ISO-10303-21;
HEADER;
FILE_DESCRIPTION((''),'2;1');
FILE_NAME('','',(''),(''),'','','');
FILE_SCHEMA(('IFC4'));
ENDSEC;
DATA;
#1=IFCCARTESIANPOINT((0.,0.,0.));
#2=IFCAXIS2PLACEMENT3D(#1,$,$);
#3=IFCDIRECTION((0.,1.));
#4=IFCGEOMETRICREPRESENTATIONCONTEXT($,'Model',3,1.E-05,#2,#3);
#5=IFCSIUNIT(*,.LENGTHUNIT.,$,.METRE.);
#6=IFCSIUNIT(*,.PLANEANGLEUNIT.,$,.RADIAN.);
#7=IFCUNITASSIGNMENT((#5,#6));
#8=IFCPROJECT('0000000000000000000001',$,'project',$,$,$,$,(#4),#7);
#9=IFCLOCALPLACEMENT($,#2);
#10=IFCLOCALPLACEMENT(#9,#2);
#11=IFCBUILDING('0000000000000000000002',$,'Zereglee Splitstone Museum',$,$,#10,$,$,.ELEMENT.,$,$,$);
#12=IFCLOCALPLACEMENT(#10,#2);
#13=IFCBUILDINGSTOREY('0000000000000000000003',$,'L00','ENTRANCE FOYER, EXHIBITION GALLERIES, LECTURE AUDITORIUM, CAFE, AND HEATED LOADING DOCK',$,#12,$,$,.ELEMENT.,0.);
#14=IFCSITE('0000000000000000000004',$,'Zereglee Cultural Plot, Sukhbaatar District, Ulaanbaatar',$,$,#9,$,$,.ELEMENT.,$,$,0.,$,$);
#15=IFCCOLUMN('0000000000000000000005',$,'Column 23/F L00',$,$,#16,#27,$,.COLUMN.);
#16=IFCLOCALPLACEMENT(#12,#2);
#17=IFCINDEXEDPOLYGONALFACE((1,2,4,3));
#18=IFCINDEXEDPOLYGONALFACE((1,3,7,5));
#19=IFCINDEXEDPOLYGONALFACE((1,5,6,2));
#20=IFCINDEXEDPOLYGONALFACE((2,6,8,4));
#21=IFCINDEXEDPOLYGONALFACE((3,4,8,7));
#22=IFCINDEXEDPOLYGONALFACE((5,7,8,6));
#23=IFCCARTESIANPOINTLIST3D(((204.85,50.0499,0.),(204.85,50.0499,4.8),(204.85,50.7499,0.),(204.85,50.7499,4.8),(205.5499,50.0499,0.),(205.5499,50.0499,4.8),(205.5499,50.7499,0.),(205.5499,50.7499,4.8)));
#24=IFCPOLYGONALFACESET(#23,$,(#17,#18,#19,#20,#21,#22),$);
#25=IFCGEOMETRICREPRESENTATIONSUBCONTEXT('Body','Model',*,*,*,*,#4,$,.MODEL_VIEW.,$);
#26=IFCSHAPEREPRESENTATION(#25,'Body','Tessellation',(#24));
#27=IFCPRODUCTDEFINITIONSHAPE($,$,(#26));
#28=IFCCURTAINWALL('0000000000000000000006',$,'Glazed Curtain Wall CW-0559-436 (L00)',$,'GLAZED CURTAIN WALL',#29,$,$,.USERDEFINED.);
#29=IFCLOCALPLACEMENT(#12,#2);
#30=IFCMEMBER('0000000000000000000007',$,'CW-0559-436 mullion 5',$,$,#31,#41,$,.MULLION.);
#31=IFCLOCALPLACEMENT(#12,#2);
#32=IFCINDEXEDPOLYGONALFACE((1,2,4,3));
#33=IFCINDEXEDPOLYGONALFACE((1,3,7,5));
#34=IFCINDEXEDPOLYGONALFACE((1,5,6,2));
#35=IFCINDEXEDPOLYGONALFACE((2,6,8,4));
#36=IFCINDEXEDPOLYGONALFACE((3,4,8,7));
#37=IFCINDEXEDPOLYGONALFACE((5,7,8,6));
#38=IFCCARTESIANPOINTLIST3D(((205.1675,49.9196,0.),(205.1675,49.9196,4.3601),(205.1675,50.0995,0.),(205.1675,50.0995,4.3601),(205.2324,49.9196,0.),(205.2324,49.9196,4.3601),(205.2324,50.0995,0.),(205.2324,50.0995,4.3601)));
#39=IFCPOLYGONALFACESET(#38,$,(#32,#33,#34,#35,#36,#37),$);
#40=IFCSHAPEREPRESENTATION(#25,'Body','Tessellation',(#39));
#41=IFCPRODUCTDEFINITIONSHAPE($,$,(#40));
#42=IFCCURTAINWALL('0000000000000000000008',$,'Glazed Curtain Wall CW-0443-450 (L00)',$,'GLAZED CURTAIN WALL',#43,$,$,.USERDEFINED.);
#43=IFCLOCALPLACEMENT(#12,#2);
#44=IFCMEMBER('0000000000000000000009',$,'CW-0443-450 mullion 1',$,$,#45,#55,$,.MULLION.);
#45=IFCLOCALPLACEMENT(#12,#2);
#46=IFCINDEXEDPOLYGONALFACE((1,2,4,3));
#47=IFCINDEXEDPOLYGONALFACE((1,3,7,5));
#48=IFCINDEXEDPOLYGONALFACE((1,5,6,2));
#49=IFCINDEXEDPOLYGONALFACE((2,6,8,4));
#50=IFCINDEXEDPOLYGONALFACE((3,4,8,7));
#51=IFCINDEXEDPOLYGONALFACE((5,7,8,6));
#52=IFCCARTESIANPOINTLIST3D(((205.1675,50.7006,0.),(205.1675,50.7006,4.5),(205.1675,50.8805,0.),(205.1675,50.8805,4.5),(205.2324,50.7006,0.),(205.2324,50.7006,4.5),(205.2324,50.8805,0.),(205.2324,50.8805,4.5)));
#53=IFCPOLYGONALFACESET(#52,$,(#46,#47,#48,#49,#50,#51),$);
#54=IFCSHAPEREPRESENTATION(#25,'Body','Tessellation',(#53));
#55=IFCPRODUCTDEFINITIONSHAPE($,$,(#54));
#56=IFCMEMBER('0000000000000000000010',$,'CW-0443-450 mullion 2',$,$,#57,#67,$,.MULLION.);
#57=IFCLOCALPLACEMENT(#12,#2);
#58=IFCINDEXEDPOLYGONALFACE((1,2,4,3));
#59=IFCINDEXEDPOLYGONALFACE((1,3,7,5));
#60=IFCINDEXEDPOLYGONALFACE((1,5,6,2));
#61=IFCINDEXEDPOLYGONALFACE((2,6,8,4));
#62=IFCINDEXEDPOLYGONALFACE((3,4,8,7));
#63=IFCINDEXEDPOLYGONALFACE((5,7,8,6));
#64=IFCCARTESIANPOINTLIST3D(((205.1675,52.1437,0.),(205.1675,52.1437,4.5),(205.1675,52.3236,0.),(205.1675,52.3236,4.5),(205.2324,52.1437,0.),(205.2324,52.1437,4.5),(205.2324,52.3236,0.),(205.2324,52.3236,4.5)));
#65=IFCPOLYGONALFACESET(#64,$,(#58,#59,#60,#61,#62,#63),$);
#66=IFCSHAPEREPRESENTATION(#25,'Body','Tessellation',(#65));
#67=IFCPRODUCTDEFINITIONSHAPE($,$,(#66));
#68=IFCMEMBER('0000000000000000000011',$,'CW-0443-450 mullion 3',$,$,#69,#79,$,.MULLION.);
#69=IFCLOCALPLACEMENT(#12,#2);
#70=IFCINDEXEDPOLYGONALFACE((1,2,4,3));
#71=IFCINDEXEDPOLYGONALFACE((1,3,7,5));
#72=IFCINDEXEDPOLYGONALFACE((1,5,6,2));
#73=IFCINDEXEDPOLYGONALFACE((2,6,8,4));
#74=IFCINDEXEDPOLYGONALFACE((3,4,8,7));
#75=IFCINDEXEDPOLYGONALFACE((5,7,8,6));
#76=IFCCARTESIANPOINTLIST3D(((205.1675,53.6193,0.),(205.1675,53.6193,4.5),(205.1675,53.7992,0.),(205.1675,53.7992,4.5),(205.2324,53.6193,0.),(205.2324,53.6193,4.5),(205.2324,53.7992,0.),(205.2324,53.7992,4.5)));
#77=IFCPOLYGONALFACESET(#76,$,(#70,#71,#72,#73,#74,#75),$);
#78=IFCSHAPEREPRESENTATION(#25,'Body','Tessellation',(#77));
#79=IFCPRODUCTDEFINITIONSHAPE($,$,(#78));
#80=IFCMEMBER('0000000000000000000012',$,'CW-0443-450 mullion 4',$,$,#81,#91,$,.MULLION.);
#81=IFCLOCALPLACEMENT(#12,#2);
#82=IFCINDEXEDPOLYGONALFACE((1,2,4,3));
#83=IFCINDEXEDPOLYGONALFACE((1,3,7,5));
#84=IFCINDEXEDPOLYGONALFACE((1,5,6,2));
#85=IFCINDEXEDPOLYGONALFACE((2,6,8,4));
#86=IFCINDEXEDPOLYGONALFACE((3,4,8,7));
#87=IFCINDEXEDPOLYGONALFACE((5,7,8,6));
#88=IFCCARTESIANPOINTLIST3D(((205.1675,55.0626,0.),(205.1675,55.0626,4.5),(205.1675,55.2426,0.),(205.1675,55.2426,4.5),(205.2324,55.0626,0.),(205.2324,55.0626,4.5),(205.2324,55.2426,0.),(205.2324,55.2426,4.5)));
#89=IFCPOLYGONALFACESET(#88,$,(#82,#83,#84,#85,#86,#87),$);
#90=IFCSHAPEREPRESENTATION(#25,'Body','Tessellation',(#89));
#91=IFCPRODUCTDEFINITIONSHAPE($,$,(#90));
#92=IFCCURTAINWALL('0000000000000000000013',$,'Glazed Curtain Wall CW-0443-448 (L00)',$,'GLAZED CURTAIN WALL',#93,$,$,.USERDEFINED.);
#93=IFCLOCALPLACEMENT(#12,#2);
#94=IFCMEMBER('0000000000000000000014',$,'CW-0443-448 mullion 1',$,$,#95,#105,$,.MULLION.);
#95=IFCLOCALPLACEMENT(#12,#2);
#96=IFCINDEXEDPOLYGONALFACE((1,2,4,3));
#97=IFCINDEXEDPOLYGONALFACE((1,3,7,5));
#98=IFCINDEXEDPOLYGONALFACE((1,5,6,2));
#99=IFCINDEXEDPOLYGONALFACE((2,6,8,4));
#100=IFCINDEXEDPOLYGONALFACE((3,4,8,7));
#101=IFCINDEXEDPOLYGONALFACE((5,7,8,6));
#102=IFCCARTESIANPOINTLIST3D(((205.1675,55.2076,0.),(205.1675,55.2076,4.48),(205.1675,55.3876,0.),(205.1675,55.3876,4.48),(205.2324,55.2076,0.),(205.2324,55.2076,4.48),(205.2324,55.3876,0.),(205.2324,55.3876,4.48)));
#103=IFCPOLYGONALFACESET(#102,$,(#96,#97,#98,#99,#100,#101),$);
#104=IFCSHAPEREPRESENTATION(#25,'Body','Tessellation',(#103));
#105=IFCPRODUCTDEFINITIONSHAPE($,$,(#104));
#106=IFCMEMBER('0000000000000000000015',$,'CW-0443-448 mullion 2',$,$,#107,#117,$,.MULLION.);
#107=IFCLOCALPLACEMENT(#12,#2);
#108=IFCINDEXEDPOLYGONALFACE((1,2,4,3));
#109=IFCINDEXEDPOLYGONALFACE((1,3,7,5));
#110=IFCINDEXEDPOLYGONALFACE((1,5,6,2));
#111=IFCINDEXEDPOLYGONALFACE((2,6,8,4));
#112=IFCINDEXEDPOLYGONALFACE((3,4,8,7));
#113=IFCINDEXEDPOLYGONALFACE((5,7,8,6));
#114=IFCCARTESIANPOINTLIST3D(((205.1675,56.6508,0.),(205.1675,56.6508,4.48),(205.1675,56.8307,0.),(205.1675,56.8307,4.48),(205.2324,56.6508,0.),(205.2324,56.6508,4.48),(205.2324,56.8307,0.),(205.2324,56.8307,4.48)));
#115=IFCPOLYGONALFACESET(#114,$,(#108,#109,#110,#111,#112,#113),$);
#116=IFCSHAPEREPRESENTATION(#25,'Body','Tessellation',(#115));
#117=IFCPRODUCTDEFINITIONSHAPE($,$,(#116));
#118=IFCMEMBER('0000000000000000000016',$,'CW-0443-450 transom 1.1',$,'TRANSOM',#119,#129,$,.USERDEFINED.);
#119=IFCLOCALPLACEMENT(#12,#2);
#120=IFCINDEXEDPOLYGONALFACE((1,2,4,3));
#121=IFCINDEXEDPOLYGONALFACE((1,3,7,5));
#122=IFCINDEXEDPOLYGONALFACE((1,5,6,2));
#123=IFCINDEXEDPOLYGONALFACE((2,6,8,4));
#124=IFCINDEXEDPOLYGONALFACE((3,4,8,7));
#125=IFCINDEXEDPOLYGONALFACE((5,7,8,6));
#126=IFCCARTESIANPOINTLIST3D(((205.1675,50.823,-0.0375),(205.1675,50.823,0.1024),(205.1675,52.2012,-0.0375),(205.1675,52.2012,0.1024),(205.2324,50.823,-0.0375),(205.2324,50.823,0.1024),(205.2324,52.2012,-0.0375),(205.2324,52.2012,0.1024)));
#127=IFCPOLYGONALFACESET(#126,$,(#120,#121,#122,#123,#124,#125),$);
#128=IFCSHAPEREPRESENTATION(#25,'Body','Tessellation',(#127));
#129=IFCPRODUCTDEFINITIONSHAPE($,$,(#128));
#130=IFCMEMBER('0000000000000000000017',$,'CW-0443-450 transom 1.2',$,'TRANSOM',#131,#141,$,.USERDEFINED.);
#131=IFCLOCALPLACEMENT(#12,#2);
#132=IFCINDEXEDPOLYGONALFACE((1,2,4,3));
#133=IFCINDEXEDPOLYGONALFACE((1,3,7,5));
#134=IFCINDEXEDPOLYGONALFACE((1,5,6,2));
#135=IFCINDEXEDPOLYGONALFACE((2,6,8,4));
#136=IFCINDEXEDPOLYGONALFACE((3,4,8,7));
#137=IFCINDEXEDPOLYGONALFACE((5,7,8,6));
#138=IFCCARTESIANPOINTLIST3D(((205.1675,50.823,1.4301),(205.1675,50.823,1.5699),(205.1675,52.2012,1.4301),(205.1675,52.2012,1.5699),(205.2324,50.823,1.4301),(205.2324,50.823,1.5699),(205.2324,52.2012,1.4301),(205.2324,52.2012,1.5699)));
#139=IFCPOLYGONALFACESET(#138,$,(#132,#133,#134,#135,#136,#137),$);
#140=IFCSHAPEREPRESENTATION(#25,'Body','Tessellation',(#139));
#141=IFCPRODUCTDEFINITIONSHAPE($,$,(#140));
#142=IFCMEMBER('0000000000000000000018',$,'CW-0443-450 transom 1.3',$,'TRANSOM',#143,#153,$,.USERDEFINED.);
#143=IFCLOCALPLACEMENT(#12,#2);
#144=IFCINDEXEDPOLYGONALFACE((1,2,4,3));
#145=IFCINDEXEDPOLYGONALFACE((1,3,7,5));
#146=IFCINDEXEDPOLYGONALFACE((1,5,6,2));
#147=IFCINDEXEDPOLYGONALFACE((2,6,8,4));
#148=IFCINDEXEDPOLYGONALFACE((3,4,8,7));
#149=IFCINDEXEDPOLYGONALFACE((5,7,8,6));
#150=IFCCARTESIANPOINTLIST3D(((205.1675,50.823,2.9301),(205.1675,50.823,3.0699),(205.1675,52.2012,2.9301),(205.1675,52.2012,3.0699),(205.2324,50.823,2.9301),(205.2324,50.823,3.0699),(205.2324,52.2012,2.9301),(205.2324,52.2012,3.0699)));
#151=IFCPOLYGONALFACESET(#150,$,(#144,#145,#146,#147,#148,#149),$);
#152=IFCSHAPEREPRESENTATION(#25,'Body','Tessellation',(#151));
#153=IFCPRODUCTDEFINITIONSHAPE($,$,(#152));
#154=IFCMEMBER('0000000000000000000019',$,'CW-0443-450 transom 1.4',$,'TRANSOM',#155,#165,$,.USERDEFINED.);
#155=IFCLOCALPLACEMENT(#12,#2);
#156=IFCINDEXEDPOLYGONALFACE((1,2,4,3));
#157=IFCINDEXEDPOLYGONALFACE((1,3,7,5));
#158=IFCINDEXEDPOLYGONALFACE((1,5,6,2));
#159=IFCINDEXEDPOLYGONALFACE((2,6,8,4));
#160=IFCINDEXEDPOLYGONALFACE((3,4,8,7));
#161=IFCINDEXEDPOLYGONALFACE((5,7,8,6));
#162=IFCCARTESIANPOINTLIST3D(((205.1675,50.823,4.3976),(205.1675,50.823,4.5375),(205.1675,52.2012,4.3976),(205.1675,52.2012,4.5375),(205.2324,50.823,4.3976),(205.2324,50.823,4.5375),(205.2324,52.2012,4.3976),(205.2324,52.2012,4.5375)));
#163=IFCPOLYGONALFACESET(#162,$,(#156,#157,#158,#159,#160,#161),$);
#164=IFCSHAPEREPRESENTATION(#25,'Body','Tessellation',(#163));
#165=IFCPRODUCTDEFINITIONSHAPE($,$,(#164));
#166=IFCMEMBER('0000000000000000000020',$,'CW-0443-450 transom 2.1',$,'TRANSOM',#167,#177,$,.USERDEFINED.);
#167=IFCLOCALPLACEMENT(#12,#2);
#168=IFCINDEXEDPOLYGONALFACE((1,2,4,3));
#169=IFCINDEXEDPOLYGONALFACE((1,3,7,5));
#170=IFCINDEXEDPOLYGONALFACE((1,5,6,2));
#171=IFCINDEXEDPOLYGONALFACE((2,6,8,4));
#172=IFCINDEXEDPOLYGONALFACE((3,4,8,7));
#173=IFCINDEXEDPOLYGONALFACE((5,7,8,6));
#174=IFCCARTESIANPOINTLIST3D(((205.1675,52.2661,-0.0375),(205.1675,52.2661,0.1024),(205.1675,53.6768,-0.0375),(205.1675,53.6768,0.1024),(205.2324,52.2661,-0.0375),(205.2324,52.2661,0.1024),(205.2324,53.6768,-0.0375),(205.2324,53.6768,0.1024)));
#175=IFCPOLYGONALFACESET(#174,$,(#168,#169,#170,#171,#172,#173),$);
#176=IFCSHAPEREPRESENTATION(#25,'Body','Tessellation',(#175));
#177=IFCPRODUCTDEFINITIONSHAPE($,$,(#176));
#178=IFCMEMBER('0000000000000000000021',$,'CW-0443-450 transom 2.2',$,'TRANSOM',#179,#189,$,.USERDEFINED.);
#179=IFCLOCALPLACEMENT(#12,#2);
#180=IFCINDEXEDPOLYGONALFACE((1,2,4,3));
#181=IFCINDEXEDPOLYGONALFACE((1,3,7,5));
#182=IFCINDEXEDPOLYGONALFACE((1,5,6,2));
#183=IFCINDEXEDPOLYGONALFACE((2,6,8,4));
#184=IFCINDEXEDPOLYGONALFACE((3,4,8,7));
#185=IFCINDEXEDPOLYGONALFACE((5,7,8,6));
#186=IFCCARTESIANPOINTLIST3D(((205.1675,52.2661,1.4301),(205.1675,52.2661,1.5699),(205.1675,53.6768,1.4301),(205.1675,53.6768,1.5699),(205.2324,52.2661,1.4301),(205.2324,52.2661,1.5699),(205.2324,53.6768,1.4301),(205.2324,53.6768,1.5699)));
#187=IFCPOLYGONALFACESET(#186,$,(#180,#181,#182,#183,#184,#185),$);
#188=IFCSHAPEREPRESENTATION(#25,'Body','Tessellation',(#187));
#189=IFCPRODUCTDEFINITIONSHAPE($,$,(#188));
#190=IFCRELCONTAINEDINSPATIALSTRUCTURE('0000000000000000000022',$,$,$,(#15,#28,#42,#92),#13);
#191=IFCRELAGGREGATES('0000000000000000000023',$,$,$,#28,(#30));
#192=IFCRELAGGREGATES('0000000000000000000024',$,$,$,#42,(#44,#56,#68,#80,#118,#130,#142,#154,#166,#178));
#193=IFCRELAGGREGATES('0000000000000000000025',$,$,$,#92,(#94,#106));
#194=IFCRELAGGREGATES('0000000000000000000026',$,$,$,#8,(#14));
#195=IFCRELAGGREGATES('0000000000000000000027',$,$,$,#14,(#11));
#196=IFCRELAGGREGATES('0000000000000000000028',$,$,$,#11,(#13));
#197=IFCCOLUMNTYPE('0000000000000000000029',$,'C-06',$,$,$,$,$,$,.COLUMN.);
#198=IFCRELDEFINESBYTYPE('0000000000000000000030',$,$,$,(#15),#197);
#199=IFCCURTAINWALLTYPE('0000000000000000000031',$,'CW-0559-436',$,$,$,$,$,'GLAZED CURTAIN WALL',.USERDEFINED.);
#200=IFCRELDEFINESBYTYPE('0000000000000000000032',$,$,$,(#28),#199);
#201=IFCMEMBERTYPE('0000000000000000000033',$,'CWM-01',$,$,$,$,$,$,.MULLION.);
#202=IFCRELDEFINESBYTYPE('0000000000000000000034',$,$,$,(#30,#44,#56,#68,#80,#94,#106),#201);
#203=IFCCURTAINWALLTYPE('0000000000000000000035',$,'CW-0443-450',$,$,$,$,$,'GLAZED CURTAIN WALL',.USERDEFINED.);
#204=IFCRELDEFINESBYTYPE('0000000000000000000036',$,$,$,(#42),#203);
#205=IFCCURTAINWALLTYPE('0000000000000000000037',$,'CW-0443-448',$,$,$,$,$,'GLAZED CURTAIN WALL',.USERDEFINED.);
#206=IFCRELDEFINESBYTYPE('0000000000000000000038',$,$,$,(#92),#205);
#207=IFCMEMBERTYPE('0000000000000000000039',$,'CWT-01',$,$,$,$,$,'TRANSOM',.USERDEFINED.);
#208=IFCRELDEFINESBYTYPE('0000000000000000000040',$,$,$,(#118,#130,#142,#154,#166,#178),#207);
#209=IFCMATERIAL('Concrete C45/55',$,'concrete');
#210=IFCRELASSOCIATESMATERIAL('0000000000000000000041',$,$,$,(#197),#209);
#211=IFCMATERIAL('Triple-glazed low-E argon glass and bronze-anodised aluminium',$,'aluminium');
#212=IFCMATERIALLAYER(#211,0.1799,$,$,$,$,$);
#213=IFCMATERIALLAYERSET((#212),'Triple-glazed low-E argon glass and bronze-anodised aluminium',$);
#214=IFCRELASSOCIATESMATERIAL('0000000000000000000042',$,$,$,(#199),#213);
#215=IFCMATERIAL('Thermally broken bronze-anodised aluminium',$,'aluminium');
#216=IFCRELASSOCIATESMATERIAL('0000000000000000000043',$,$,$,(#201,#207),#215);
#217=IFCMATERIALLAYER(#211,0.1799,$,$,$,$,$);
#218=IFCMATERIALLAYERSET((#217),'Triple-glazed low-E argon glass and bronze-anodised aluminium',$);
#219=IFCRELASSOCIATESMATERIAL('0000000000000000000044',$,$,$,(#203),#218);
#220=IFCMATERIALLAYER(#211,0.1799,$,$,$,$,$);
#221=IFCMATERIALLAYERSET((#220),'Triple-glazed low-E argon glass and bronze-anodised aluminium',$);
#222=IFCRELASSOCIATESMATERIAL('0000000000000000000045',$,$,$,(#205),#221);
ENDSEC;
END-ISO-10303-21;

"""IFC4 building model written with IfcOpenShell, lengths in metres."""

from ifc_helpers import new_model, si_unit, direction, frame, origin, origin_2d, place, context, subcontext, project, spatial, rectangle, extrude, material, layer, layer_set, material_profile, profile_set, type_object, element, aggregate, save


model = new_model("IFC4")

# Units and contexts
model_context = context("Model", 3, precision=1e-05, world=origin(), true_north=direction((0.0, 1.0)))
body_context = subcontext(model_context, "Body", "Model", "MODEL_VIEW")
ifc_project = project(units=[si_unit("LENGTHUNIT", "METRE"), si_unit("PLANEANGLEUNIT", "RADIAN")], contexts=[model_context])

# Site, building, storey
site_placement = place(None, origin())
site = spatial("IfcSite", under=ifc_project, at=site_placement, Name="Zereglee Cultural Plot, Sukhbaatar District, Ulaanbaatar", CompositionType="ELEMENT", RefElevation=0.0)
building_placement = place(site_placement, origin())
building = spatial("IfcBuilding", under=site, at=building_placement, Name="Zereglee Splitstone Museum", CompositionType="ELEMENT")
storey_placement = place(building_placement, origin())
storey = spatial("IfcBuildingStorey", under=building, at=storey_placement, Name="L00", Description="ENTRANCE FOYER, EXHIBITION GALLERIES, LECTURE AUDITORIUM, CAFE, AND HEATED LOADING DOCK", CompositionType="ELEMENT", Elevation=0.0)

# Column
ifc_material_1 = material(Name="Concrete C45/55", Category="concrete")
ifc_material_profile_1 = material_profile(ifc_material_1, rectangle(XDim=0.7, YDim=0.7, at=origin_2d()), Name="RC 700x700")
ifc_profile_set_1 = profile_set([ifc_material_profile_1], Name="Concrete C45/55")
column_type = type_object("IfcColumnType", Name="C-06", PredefinedType="COLUMN", material=ifc_profile_set_1)
column_placement = place(storey_placement, frame((205.2, 50.3999, 0.0), z_axis=(0.0, 0.0, 1.0), x_axis=(1.0, 0.0, 0.0)))
element("IfcColumn", 1, at=column_placement, inside=storey, type_object=column_type, Name="Column 23/F L00", PredefinedType="COLUMN", context=body_context, shape_type="SweptSolid", body=[
    extrude(rectangle(XDim=0.7, YDim=0.7, at=origin_2d()), origin(), (0.0, 0.0, 1.0), 4.8),
])

# Curtain wall, member
ifc_material_2 = material(Name="Triple-glazed low-E argon glass and bronze-anodised aluminium", Category="aluminium")
ifc_layer_1 = layer(ifc_material_2, 0.1799)
ifc_layer_set_1 = layer_set([ifc_layer_1], Name="Triple-glazed low-E argon glass and bronze-anodised aluminium")
curtain_wall_type_1 = type_object("IfcCurtainWallType", Name="CW-0559-436", ElementType="GLAZED CURTAIN WALL", PredefinedType="USERDEFINED", material=ifc_layer_set_1)
curtain_wall_1_placement = place(storey_placement, origin())
curtain_wall_1 = element("IfcCurtainWall", 2, at=curtain_wall_1_placement, inside=storey, type_object=curtain_wall_type_1, Name="Glazed Curtain Wall CW-0559-436 (L00)", ObjectType="GLAZED CURTAIN WALL", PredefinedType="USERDEFINED")
ifc_material_3 = material(Name="Thermally broken bronze-anodised aluminium", Category="aluminium")
ifc_material_profile_2 = material_profile(ifc_material_3, rectangle(XDim=0.0649, YDim=0.1799, at=origin_2d()), Name="CW MULL 65x180")
ifc_profile_set_2 = profile_set([ifc_material_profile_2], Name="Thermally broken bronze-anodised aluminium")
member_type_1 = type_object("IfcMemberType", Name="CWM-01", PredefinedType="MULLION", material=ifc_profile_set_2)
member_1_placement = place(storey_placement, frame((205.2, 50.0095, 0.0), z_axis=(0.0, 0.0, 1.0), x_axis=(-1.0, 0.0, 0.0)))
member_1 = element("IfcMember", 3, at=member_1_placement, type_object=member_type_1, Name="CW-0559-436 mullion 5", PredefinedType="MULLION", context=body_context, shape_type="SweptSolid", body=[
    extrude(rectangle(XDim=0.0649, YDim=0.1799, at=origin_2d()), origin(), (0.0, 0.0, 1.0), 4.3601),
])

# Curtain walls, members
ifc_layer_2 = layer(ifc_material_2, 0.1799)
ifc_layer_set_2 = layer_set([ifc_layer_2], Name="Triple-glazed low-E argon glass and bronze-anodised aluminium")
curtain_wall_type_2 = type_object("IfcCurtainWallType", Name="CW-0443-450", ElementType="GLAZED CURTAIN WALL", PredefinedType="USERDEFINED", material=ifc_layer_set_2)
curtain_wall_2_placement = place(storey_placement, origin())
curtain_wall_2 = element("IfcCurtainWall", 4, at=curtain_wall_2_placement, inside=storey, type_object=curtain_wall_type_2, Name="Glazed Curtain Wall CW-0443-450 (L00)", ObjectType="GLAZED CURTAIN WALL", PredefinedType="USERDEFINED")
member_2_placement = place(storey_placement, frame((205.2, 50.7905, 0.0), z_axis=(0.0, 0.0, 1.0), x_axis=(-1.0, 0.0, 0.0)))
member_2 = element("IfcMember", 5, at=member_2_placement, type_object=member_type_1, Name="CW-0443-450 mullion 1", PredefinedType="MULLION", context=body_context, shape_type="SweptSolid", body=[
    extrude(rectangle(XDim=0.0649, YDim=0.1799, at=origin_2d()), origin(), (0.0, 0.0, 1.0), 4.5),
])
member_3_placement = place(storey_placement, frame((205.2, 52.2336, 0.0), z_axis=(0.0, 0.0, 1.0), x_axis=(-1.0, 0.0, 0.0)))
member_3 = element("IfcMember", 6, at=member_3_placement, type_object=member_type_1, Name="CW-0443-450 mullion 2", PredefinedType="MULLION", context=body_context, shape_type="SweptSolid", body=[
    extrude(rectangle(XDim=0.0649, YDim=0.1799, at=origin_2d()), origin(), (0.0, 0.0, 1.0), 4.5),
])
member_4_placement = place(storey_placement, frame((205.2, 53.7092, 0.0), z_axis=(0.0, 0.0, 1.0), x_axis=(-1.0, 0.0, 0.0)))
member_4 = element("IfcMember", 7, at=member_4_placement, type_object=member_type_1, Name="CW-0443-450 mullion 3", PredefinedType="MULLION", context=body_context, shape_type="SweptSolid", body=[
    extrude(rectangle(XDim=0.0649, YDim=0.1799, at=origin_2d()), origin(), (0.0, 0.0, 1.0), 4.5),
])
member_5_placement = place(storey_placement, frame((205.2, 55.1526, 0.0), z_axis=(0.0, 0.0, 1.0), x_axis=(-1.0, 0.0, 0.0)))
member_5 = element("IfcMember", 8, at=member_5_placement, type_object=member_type_1, Name="CW-0443-450 mullion 4", PredefinedType="MULLION", context=body_context, shape_type="SweptSolid", body=[
    extrude(rectangle(XDim=0.0649, YDim=0.1799, at=origin_2d()), origin(), (0.0, 0.0, 1.0), 4.5),
])
ifc_layer_3 = layer(ifc_material_2, 0.1799)
ifc_layer_set_3 = layer_set([ifc_layer_3], Name="Triple-glazed low-E argon glass and bronze-anodised aluminium")
curtain_wall_type_3 = type_object("IfcCurtainWallType", Name="CW-0443-448", ElementType="GLAZED CURTAIN WALL", PredefinedType="USERDEFINED", material=ifc_layer_set_3)
curtain_wall_3_placement = place(storey_placement, origin())
curtain_wall_3 = element("IfcCurtainWall", 9, at=curtain_wall_3_placement, inside=storey, type_object=curtain_wall_type_3, Name="Glazed Curtain Wall CW-0443-448 (L00)", ObjectType="GLAZED CURTAIN WALL", PredefinedType="USERDEFINED")
member_6_placement = place(storey_placement, frame((205.2, 55.2976, 0.0), z_axis=(0.0, 0.0, 1.0), x_axis=(-1.0, 0.0, 0.0)))
member_6 = element("IfcMember", 10, at=member_6_placement, type_object=member_type_1, Name="CW-0443-448 mullion 1", PredefinedType="MULLION", context=body_context, shape_type="SweptSolid", body=[
    extrude(rectangle(XDim=0.0649, YDim=0.1799, at=origin_2d()), origin(), (0.0, 0.0, 1.0), 4.48),
])
member_7_placement = place(storey_placement, frame((205.2, 56.7407, 0.0), z_axis=(0.0, 0.0, 1.0), x_axis=(-1.0, 0.0, 0.0)))
member_7 = element("IfcMember", 11, at=member_7_placement, type_object=member_type_1, Name="CW-0443-448 mullion 2", PredefinedType="MULLION", context=body_context, shape_type="SweptSolid", body=[
    extrude(rectangle(XDim=0.0649, YDim=0.1799, at=origin_2d()), origin(), (0.0, 0.0, 1.0), 4.48),
])

# Members
ifc_material_profile_3 = material_profile(ifc_material_3, rectangle(XDim=0.0649, YDim=0.1399, at=origin_2d()), Name="CW TRAN 65x140")
ifc_profile_set_3 = profile_set([ifc_material_profile_3], Name="Thermally broken bronze-anodised aluminium")
member_type_2 = type_object("IfcMemberType", Name="CWT-01", ElementType="TRANSOM", PredefinedType="USERDEFINED", material=ifc_profile_set_3)
member_8_placement = place(storey_placement, frame((205.2, 50.823, 0.0325), z_axis=(0.0, 1.0, 0.0), x_axis=(-1.0, 0.0, 0.0)))
member_8 = element("IfcMember", 12, at=member_8_placement, type_object=member_type_2, Name="CW-0443-450 transom 1.1", ObjectType="TRANSOM", PredefinedType="USERDEFINED", context=body_context, shape_type="SweptSolid", body=[
    extrude(rectangle(XDim=0.0649, YDim=0.1399, at=origin_2d()), origin(), (0.0, 0.0, 1.0), 1.3782),
])
member_9_placement = place(storey_placement, frame((205.2, 50.823, 1.5), z_axis=(0.0, 1.0, 0.0), x_axis=(-1.0, 0.0, 0.0)))
member_9 = element("IfcMember", 13, at=member_9_placement, type_object=member_type_2, Name="CW-0443-450 transom 1.2", ObjectType="TRANSOM", PredefinedType="USERDEFINED", context=body_context, shape_type="SweptSolid", body=[
    extrude(rectangle(XDim=0.0649, YDim=0.1399, at=origin_2d()), origin(), (0.0, 0.0, 1.0), 1.3782),
])
member_10_placement = place(storey_placement, frame((205.2, 50.823, 3.0), z_axis=(0.0, 1.0, 0.0), x_axis=(-1.0, 0.0, 0.0)))
member_10 = element("IfcMember", 14, at=member_10_placement, type_object=member_type_2, Name="CW-0443-450 transom 1.3", ObjectType="TRANSOM", PredefinedType="USERDEFINED", context=body_context, shape_type="SweptSolid", body=[
    extrude(rectangle(XDim=0.0649, YDim=0.1399, at=origin_2d()), origin(), (0.0, 0.0, 1.0), 1.3782),
])
member_11_placement = place(storey_placement, frame((205.2, 50.823, 4.4675), z_axis=(0.0, 1.0, 0.0), x_axis=(-1.0, 0.0, 0.0)))
member_11 = element("IfcMember", 15, at=member_11_placement, type_object=member_type_2, Name="CW-0443-450 transom 1.4", ObjectType="TRANSOM", PredefinedType="USERDEFINED", context=body_context, shape_type="SweptSolid", body=[
    extrude(rectangle(XDim=0.0649, YDim=0.1399, at=origin_2d()), origin(), (0.0, 0.0, 1.0), 1.3782),
])
member_12_placement = place(storey_placement, frame((205.2, 52.2661, 0.0325), z_axis=(0.0, 1.0, 0.0), x_axis=(-1.0, 0.0, 0.0)))
member_12 = element("IfcMember", 16, at=member_12_placement, type_object=member_type_2, Name="CW-0443-450 transom 2.1", ObjectType="TRANSOM", PredefinedType="USERDEFINED", context=body_context, shape_type="SweptSolid", body=[
    extrude(rectangle(XDim=0.0649, YDim=0.1399, at=origin_2d()), origin(), (0.0, 0.0, 1.0), 1.4106),
])
member_13_placement = place(storey_placement, frame((205.2, 52.2661, 1.5), z_axis=(0.0, 1.0, 0.0), x_axis=(-1.0, 0.0, 0.0)))
member_13 = element("IfcMember", 17, at=member_13_placement, type_object=member_type_2, Name="CW-0443-450 transom 2.2", ObjectType="TRANSOM", PredefinedType="USERDEFINED", context=body_context, shape_type="SweptSolid", body=[
    extrude(rectangle(XDim=0.0649, YDim=0.1399, at=origin_2d()), origin(), (0.0, 0.0, 1.0), 1.4106),
])

aggregate(curtain_wall_1, [member_1])
aggregate(curtain_wall_2, [member_2, member_3, member_4, member_5, member_8, member_9, member_10, member_11, member_12, member_13])
aggregate(curtain_wall_3, [member_6, member_7])

save(model, "model.ifc")
